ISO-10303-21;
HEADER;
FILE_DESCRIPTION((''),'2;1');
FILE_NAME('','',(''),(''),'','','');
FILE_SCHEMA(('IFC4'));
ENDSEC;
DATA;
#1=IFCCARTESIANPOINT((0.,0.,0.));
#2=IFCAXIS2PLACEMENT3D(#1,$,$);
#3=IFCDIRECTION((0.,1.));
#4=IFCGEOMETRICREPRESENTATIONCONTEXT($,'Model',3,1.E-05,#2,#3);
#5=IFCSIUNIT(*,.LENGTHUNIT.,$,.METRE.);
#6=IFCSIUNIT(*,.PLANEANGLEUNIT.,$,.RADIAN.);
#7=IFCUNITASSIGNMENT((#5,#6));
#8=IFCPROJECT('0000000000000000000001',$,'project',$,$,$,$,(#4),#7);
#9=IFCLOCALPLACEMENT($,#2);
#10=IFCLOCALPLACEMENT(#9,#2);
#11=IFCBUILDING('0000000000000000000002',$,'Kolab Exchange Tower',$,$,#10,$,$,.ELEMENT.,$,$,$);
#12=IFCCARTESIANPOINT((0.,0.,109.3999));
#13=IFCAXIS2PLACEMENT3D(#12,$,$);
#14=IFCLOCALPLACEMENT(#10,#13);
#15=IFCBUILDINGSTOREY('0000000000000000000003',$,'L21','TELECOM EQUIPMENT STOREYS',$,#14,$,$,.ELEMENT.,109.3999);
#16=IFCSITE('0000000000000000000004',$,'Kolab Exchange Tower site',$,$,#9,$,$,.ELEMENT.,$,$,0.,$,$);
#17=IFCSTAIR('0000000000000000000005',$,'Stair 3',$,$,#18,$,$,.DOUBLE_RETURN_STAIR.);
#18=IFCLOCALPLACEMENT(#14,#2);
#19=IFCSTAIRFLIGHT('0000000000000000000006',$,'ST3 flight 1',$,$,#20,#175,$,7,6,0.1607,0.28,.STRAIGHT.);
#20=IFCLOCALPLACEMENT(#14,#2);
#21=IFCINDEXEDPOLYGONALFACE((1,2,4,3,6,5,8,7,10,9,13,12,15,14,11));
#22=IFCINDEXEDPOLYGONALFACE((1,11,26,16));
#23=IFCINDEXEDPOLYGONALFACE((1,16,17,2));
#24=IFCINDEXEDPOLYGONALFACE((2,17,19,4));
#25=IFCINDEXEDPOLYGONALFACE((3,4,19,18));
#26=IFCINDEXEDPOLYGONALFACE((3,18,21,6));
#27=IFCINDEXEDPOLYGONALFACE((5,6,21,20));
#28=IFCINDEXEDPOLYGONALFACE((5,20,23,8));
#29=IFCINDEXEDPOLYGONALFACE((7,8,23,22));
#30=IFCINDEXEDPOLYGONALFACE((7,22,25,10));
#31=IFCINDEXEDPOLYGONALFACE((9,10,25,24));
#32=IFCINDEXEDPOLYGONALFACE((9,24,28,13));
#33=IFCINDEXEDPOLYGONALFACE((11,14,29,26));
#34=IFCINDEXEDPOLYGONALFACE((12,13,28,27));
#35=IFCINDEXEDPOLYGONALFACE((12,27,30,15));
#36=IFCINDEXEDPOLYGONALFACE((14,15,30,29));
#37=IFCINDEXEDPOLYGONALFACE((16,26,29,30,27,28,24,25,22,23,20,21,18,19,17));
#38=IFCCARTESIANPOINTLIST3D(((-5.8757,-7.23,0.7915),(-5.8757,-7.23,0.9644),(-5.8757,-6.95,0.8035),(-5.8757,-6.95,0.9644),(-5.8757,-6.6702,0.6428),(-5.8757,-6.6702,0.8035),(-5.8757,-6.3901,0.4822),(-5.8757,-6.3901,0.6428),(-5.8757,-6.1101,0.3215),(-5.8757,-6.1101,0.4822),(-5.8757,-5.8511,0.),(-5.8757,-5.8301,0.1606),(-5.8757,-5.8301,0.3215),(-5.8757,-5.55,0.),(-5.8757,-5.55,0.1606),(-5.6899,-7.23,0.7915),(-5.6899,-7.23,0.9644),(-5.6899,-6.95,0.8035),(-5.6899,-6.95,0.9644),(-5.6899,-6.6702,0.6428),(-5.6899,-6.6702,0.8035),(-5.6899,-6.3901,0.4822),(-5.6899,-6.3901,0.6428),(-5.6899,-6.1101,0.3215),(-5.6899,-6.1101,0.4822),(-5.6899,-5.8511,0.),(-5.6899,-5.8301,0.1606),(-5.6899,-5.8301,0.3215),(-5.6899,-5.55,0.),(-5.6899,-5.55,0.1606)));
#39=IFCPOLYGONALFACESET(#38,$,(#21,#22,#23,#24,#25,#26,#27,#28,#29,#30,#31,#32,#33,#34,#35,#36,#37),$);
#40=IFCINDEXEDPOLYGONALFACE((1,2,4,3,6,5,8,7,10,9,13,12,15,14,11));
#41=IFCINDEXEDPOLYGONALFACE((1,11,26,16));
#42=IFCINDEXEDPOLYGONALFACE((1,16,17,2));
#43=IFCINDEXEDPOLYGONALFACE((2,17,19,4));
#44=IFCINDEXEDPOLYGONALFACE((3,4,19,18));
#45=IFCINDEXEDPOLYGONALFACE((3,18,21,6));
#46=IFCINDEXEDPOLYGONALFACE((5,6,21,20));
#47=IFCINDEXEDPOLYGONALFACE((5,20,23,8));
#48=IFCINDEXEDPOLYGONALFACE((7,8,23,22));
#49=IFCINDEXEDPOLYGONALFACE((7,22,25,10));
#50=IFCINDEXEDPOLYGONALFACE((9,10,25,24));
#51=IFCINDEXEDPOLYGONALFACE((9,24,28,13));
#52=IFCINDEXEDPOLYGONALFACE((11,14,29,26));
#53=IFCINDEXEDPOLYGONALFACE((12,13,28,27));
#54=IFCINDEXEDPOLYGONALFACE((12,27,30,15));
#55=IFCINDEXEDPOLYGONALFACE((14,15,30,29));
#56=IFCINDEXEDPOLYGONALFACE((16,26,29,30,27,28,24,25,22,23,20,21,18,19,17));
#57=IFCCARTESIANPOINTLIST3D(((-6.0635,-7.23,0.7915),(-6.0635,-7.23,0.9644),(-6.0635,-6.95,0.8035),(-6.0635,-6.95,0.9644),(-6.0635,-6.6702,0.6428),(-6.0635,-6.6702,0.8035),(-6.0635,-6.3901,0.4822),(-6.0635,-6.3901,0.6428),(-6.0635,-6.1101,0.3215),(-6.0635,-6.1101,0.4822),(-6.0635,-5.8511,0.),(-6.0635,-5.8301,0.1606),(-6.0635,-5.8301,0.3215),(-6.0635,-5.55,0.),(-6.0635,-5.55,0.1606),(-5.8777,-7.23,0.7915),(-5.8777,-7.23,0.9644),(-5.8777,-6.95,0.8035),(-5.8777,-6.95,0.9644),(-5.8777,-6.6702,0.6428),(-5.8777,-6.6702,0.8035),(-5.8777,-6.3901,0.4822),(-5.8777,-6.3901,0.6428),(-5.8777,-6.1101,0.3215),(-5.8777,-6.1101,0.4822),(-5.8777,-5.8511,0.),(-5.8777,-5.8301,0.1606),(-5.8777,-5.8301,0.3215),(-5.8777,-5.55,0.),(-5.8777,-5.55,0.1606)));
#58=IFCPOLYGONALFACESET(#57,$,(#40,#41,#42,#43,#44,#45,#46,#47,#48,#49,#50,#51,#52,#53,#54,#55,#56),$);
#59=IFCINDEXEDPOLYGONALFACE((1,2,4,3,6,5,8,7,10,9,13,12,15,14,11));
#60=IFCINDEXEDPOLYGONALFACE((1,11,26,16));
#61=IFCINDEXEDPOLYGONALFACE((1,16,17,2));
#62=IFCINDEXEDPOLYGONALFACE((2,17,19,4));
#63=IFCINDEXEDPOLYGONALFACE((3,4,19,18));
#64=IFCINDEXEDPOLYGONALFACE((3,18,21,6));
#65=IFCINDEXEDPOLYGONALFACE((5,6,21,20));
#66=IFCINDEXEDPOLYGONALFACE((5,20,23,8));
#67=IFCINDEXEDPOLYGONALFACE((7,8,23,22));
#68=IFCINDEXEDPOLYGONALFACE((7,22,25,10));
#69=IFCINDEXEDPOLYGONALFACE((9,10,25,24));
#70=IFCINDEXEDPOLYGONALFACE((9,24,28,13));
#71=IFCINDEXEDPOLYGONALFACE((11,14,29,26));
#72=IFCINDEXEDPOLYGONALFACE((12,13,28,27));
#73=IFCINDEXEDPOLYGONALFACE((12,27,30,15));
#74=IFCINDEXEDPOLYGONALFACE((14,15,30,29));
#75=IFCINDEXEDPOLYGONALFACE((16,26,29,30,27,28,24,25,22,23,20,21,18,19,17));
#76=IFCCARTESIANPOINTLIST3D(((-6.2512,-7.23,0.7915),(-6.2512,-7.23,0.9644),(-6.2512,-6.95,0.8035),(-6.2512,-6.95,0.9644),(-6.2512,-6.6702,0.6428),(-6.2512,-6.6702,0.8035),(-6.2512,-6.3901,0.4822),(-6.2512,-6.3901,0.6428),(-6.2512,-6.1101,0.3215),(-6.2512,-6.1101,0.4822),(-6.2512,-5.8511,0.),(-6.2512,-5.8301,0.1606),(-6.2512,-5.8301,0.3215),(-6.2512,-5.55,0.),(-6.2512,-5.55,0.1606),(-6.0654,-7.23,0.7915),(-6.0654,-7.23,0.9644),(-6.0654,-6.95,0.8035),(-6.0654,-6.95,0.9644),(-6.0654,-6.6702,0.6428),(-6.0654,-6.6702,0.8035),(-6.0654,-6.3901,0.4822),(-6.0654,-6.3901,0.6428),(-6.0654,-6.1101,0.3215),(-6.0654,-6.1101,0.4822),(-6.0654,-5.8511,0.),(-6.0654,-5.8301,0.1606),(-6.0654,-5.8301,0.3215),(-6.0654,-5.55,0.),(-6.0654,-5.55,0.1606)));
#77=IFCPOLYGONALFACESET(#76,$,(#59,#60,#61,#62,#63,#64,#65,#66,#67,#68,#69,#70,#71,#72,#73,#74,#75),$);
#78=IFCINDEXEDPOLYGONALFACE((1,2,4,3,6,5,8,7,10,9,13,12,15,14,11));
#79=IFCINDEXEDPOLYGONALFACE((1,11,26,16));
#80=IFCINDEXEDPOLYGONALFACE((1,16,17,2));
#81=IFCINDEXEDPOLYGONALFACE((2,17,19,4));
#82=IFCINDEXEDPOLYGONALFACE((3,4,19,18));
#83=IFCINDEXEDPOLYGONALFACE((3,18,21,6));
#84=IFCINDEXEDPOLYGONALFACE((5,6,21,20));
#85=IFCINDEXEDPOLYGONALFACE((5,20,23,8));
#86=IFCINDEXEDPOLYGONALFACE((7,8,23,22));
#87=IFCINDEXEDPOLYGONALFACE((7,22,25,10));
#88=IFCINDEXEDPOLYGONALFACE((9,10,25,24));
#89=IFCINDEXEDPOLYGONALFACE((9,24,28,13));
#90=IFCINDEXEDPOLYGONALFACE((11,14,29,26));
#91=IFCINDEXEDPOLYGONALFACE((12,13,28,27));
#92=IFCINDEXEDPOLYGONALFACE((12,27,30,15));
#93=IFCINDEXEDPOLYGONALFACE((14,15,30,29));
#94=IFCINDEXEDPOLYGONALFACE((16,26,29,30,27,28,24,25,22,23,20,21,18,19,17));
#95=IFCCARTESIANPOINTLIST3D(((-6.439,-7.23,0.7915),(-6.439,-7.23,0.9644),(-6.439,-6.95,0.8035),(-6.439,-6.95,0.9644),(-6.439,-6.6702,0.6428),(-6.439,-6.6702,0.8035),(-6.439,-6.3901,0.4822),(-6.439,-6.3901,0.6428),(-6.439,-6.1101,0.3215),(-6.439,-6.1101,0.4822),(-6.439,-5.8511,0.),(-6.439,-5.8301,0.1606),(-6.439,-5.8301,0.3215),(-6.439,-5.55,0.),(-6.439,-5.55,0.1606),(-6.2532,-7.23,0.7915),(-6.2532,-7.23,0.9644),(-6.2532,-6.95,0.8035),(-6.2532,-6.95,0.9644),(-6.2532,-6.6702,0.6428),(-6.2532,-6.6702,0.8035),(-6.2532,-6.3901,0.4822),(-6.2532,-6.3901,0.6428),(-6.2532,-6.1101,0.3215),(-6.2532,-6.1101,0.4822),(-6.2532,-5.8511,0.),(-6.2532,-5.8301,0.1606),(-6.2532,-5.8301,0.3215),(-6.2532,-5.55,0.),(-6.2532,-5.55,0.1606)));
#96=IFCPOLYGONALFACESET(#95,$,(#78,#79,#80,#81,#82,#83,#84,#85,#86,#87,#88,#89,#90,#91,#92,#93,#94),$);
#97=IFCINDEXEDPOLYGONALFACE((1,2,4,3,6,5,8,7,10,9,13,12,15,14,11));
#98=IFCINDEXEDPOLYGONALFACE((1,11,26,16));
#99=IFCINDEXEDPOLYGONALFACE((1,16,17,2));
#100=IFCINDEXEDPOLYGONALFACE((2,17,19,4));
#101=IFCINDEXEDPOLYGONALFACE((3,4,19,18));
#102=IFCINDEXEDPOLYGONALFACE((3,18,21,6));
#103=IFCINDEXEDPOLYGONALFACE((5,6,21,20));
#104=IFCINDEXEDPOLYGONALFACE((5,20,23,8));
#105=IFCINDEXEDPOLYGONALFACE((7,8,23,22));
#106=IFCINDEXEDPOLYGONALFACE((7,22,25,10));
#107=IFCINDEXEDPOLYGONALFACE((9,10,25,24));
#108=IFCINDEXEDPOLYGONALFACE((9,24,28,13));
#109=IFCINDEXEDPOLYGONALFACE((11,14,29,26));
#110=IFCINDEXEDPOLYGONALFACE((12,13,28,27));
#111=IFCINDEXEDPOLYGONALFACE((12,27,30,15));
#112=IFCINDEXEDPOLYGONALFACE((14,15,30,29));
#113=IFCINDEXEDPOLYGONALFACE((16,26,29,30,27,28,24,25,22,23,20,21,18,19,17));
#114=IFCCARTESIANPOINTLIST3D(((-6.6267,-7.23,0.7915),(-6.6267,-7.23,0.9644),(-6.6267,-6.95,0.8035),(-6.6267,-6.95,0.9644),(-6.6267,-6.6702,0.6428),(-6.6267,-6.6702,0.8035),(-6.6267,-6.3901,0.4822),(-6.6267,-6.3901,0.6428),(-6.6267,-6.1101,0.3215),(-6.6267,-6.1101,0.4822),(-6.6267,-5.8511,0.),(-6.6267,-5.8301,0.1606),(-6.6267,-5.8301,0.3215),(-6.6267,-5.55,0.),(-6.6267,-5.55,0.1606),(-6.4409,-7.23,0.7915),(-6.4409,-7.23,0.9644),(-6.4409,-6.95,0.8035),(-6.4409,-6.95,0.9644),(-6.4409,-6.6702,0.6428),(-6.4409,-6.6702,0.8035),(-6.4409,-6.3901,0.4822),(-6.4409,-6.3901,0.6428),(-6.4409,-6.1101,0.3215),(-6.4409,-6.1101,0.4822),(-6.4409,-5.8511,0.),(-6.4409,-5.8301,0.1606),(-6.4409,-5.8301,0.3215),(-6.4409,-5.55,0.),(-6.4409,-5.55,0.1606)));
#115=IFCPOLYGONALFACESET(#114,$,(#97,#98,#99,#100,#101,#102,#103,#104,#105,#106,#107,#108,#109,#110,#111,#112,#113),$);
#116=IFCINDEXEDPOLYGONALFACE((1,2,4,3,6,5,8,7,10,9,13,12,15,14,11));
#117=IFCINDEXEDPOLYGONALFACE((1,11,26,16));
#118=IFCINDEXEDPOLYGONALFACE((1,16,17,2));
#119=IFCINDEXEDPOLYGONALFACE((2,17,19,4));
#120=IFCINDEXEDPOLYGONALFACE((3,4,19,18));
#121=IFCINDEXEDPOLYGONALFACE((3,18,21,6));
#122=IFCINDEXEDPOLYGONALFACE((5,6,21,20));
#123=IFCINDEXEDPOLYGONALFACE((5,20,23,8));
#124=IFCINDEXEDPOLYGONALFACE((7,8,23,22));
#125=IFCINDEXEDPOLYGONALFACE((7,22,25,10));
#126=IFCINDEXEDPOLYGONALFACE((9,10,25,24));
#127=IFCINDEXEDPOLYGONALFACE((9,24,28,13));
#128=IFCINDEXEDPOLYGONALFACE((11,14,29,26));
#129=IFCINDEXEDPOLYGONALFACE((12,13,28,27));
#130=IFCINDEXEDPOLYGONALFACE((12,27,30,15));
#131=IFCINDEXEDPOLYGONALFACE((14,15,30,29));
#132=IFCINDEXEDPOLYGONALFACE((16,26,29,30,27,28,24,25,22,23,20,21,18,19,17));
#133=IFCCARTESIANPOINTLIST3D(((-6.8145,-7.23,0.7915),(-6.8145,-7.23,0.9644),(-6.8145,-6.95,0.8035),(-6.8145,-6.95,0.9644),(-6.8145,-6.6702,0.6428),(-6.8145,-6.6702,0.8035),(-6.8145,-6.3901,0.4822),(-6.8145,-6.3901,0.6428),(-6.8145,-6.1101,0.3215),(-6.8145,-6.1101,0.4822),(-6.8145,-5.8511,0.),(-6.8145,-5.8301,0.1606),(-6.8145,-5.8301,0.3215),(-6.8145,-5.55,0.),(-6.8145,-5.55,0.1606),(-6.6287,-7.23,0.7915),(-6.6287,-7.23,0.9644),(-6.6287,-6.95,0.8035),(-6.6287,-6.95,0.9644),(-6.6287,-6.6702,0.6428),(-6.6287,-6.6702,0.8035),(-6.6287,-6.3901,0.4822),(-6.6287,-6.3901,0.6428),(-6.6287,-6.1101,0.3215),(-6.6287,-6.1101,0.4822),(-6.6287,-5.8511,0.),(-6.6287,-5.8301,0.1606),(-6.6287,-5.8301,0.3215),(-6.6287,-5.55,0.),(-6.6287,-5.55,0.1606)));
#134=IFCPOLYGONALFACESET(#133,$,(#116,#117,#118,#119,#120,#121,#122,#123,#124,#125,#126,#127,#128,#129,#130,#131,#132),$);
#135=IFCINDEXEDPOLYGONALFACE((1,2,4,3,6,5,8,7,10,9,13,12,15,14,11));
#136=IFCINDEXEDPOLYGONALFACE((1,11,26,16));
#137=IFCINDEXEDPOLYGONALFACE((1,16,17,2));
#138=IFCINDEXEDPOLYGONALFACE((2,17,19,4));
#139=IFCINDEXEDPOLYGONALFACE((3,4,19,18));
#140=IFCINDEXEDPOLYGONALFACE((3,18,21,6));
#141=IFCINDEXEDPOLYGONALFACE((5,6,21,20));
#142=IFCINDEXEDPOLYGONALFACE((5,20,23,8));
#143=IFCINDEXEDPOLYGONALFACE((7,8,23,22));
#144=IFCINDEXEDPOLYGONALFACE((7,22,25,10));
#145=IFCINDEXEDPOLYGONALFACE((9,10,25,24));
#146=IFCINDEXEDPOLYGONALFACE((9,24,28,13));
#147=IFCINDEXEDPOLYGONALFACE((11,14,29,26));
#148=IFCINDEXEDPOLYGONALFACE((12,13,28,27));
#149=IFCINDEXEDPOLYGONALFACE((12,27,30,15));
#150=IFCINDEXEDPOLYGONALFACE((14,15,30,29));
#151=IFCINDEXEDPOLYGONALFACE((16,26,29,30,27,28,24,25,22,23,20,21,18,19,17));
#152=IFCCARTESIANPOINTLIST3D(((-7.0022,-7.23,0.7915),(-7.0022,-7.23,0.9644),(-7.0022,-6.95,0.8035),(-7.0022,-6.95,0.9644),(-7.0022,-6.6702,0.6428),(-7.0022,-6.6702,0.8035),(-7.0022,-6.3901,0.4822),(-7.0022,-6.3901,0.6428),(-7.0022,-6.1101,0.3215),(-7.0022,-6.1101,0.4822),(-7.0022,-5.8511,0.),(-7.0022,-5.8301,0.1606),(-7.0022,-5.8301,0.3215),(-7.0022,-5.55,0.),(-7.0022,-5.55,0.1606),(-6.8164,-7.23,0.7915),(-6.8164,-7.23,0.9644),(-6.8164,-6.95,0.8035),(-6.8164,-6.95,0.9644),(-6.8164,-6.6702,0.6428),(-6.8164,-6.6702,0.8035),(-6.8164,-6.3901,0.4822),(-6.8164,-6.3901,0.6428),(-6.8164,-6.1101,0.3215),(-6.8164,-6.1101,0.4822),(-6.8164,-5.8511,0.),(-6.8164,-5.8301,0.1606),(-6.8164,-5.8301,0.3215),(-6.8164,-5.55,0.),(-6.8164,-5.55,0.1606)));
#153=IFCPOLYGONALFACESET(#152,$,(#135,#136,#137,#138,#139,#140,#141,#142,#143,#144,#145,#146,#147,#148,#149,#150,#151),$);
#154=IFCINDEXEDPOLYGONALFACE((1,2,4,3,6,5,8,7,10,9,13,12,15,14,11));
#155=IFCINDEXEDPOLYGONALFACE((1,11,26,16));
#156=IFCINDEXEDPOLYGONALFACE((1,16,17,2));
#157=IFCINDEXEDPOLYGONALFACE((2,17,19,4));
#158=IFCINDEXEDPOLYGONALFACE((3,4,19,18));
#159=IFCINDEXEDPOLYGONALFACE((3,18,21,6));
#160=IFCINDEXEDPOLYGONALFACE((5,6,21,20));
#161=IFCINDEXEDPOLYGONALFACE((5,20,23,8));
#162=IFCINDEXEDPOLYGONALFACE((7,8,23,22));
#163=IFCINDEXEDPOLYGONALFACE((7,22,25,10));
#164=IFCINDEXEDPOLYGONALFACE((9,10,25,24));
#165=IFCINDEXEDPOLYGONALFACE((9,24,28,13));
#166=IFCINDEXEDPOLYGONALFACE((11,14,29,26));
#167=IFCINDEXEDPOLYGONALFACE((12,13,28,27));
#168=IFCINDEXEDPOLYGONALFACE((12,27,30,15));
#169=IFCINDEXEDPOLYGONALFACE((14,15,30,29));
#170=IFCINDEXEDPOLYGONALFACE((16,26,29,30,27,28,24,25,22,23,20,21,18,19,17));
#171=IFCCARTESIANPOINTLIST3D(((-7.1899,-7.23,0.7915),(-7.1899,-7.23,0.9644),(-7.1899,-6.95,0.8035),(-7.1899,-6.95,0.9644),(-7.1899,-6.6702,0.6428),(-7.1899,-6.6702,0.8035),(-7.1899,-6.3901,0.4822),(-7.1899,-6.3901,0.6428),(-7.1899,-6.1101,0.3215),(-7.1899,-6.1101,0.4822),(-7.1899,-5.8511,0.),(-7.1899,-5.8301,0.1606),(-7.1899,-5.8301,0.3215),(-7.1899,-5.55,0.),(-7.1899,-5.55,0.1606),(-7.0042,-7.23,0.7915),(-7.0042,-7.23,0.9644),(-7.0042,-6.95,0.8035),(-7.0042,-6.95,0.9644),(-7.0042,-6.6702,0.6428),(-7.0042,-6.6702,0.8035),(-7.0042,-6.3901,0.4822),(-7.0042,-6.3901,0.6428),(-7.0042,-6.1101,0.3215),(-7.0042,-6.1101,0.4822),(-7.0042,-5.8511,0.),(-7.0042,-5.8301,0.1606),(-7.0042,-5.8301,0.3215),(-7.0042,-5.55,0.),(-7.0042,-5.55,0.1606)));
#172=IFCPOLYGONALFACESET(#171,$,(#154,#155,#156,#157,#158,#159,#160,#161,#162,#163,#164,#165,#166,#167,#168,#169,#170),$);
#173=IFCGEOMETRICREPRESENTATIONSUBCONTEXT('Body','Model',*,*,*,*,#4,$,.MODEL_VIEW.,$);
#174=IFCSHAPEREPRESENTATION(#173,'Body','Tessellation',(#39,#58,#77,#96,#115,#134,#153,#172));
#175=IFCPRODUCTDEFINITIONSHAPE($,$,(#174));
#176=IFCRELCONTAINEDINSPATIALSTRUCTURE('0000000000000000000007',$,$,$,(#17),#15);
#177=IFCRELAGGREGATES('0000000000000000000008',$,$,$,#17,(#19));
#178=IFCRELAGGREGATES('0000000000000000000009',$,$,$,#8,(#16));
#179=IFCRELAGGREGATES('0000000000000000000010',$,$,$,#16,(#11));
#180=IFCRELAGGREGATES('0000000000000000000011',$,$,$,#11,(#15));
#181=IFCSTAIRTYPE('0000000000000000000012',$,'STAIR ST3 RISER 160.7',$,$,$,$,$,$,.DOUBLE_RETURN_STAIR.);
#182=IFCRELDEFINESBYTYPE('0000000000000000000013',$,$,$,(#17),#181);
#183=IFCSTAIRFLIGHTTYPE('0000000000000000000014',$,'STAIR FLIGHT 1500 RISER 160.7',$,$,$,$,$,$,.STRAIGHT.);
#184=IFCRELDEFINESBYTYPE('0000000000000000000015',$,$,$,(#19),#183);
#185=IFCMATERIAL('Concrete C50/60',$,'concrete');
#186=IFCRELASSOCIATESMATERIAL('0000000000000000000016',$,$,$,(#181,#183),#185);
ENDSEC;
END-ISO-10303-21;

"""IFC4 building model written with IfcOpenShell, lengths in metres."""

from ifc_helpers import new_model, si_unit, direction, frame, origin, place, context, subcontext, project, spatial, polyline, outline, extrude, material, type_object, element, aggregate, save


model = new_model("IFC4")

# Units and contexts
model_context = context("Model", 3, precision=1e-05, world=origin(), true_north=direction((0.0, 1.0)))
body_context = subcontext(model_context, "Body", "Model", "MODEL_VIEW")
ifc_project = project(units=[si_unit("LENGTHUNIT", "METRE"), si_unit("PLANEANGLEUNIT", "RADIAN")], contexts=[model_context])

# Site, building, storey
site_placement = place(None, origin())
site = spatial("IfcSite", under=ifc_project, at=site_placement, Name="Kolab Exchange Tower site", CompositionType="ELEMENT", RefElevation=0.0)
building_placement = place(site_placement, origin())
building = spatial("IfcBuilding", under=site, at=building_placement, Name="Kolab Exchange Tower", CompositionType="ELEMENT")
storey_placement = place(building_placement, frame((0.0, 0.0, 109.3999)))
storey = spatial("IfcBuildingStorey", under=building, at=storey_placement, Name="L21", Description="TELECOM EQUIPMENT STOREYS", CompositionType="ELEMENT", Elevation=109.3999)

# Shared definitions
ifc_material_1 = material(Name="Concrete C50/60", Category="concrete")

# Stair, stair flight
stair_type = type_object("IfcStairType", Name="STAIR ST3 RISER 160.7", PredefinedType="DOUBLE_RETURN_STAIR", material=ifc_material_1)
stair_placement = place(storey_placement, origin())
stair = element("IfcStair", 1, at=stair_placement, inside=storey, type_object=stair_type, Name="Stair 3", PredefinedType="DOUBLE_RETURN_STAIR")
stair_flight_type = type_object("IfcStairFlightType", Name="STAIR FLIGHT 1500 RISER 160.7", PredefinedType="STRAIGHT", material=ifc_material_1)
stair_flight_1_placement = place(storey_placement, frame((-6.4399, -5.55, 0.0), z_axis=(0.0, 0.0, 1.0), x_axis=(0.0, -1.0, 0.0)))
stair_flight_1 = element("IfcStairFlight", 2, at=stair_flight_1_placement, type_object=stair_flight_type, Name="ST3 flight 1", NumberOfRisers=7, NumberOfTreads=6, PredefinedType="STRAIGHT", RiserHeight=0.1607, TreadLength=0.28, context=body_context, shape_type="SweptSolid", body=[
    extrude(outline(polyline([(0.0, 0.0), (0.0, 0.1606), (0.28, 0.1606), (0.28, 0.3215), (0.5601, 0.3215), (0.5601, 0.4822), (0.8401, 0.4822), (0.8401, 0.6428), (1.1201, 0.6428), (1.1201, 0.8035), (1.3999, 0.8035), (1.3999, 0.9644), (1.6799, 0.9644), (1.6799, 1.125), (1.6799, 0.7915), (0.301, 0.0), (0.0, 0.0)])), frame((0.0, 0.75, 0.0), z_axis=(0.0, -1.0, 0.0), x_axis=(1.0, 0.0, 0.0)), (0.0, 0.0, 1.0), 0.1858),
    extrude(outline(polyline([(0.0, 0.0), (0.0, 0.1606), (0.28, 0.1606), (0.28, 0.3215), (0.5601, 0.3215), (0.5601, 0.4822), (0.8401, 0.4822), (0.8401, 0.6428), (1.1201, 0.6428), (1.1201, 0.8035), (1.3999, 0.8035), (1.3999, 0.9644), (1.6799, 0.9644), (1.6799, 1.125), (1.6799, 0.7915), (0.301, 0.0), (0.0, 0.0)])), frame((0.0, 0.5623, 0.0), z_axis=(0.0, -1.0, 0.0), x_axis=(1.0, 0.0, 0.0)), (0.0, 0.0, 1.0), 0.1858),
    extrude(outline(polyline([(0.0, 0.0), (0.0, 0.1606), (0.28, 0.1606), (0.28, 0.3215), (0.5601, 0.3215), (0.5601, 0.4822), (0.8401, 0.4822), (0.8401, 0.6428), (1.1201, 0.6428), (1.1201, 0.8035), (1.3999, 0.8035), (1.3999, 0.9644), (1.6799, 0.9644), (1.6799, 1.125), (1.6799, 0.7915), (0.301, 0.0), (0.0, 0.0)])), frame((0.0, 0.3745, 0.0), z_axis=(0.0, -1.0, 0.0), x_axis=(1.0, 0.0, 0.0)), (0.0, 0.0, 1.0), 0.1858),
    extrude(outline(polyline([(0.0, 0.0), (0.0, 0.1606), (0.28, 0.1606), (0.28, 0.3215), (0.5601, 0.3215), (0.5601, 0.4822), (0.8401, 0.4822), (0.8401, 0.6428), (1.1201, 0.6428), (1.1201, 0.8035), (1.3999, 0.8035), (1.3999, 0.9644), (1.6799, 0.9644), (1.6799, 1.125), (1.6799, 0.7915), (0.301, 0.0), (0.0, 0.0)])), frame((0.0, 0.1868, 0.0), z_axis=(0.0, -1.0, 0.0), x_axis=(1.0, 0.0, 0.0)), (0.0, 0.0, 1.0), 0.1858),
    extrude(outline(polyline([(0.0, 0.0), (0.0, 0.1606), (0.28, 0.1606), (0.28, 0.3215), (0.5601, 0.3215), (0.5601, 0.4822), (0.8401, 0.4822), (0.8401, 0.6428), (1.1201, 0.6428), (1.1201, 0.8035), (1.3999, 0.8035), (1.3999, 0.9644), (1.6799, 0.9644), (1.6799, 1.125), (1.6799, 0.7915), (0.301, 0.0), (0.0, 0.0)])), frame((0.0, -0.001, 0.0), z_axis=(0.0, -1.0, 0.0), x_axis=(1.0, 0.0, 0.0)), (0.0, 0.0, 1.0), 0.1858),
    extrude(outline(polyline([(0.0, 0.0), (0.0, 0.1606), (0.28, 0.1606), (0.28, 0.3215), (0.5601, 0.3215), (0.5601, 0.4822), (0.8401, 0.4822), (0.8401, 0.6428), (1.1201, 0.6428), (1.1201, 0.8035), (1.3999, 0.8035), (1.3999, 0.9644), (1.6799, 0.9644), (1.6799, 1.125), (1.6799, 0.7915), (0.301, 0.0), (0.0, 0.0)])), frame((0.0, -0.1887, 0.0), z_axis=(0.0, -1.0, 0.0), x_axis=(1.0, 0.0, 0.0)), (0.0, 0.0, 1.0), 0.1858),
    extrude(outline(polyline([(0.0, 0.0), (0.0, 0.1606), (0.28, 0.1606), (0.28, 0.3215), (0.5601, 0.3215), (0.5601, 0.4822), (0.8401, 0.4822), (0.8401, 0.6428), (1.1201, 0.6428), (1.1201, 0.8035), (1.3999, 0.8035), (1.3999, 0.9644), (1.6799, 0.9644), (1.6799, 1.125), (1.6799, 0.7915), (0.301, 0.0), (0.0, 0.0)])), frame((0.0, -0.3765, 0.0), z_axis=(0.0, -1.0, 0.0), x_axis=(1.0, 0.0, 0.0)), (0.0, 0.0, 1.0), 0.1858),
    extrude(outline(polyline([(0.0, 0.0), (0.0, 0.1606), (0.28, 0.1606), (0.28, 0.3215), (0.5601, 0.3215), (0.5601, 0.4822), (0.8401, 0.4822), (0.8401, 0.6428), (1.1201, 0.6428), (1.1201, 0.8035), (1.3999, 0.8035), (1.3999, 0.9644), (1.6799, 0.9644), (1.6799, 1.125), (1.6799, 0.7915), (0.301, 0.0), (0.0, 0.0)])), frame((0.0, -0.5642, 0.0), z_axis=(0.0, -1.0, 0.0), x_axis=(1.0, 0.0, 0.0)), (0.0, 0.0, 1.0), 0.1858),
])
aggregate(stair, [stair_flight_1])

save(model, "model.ifc")
